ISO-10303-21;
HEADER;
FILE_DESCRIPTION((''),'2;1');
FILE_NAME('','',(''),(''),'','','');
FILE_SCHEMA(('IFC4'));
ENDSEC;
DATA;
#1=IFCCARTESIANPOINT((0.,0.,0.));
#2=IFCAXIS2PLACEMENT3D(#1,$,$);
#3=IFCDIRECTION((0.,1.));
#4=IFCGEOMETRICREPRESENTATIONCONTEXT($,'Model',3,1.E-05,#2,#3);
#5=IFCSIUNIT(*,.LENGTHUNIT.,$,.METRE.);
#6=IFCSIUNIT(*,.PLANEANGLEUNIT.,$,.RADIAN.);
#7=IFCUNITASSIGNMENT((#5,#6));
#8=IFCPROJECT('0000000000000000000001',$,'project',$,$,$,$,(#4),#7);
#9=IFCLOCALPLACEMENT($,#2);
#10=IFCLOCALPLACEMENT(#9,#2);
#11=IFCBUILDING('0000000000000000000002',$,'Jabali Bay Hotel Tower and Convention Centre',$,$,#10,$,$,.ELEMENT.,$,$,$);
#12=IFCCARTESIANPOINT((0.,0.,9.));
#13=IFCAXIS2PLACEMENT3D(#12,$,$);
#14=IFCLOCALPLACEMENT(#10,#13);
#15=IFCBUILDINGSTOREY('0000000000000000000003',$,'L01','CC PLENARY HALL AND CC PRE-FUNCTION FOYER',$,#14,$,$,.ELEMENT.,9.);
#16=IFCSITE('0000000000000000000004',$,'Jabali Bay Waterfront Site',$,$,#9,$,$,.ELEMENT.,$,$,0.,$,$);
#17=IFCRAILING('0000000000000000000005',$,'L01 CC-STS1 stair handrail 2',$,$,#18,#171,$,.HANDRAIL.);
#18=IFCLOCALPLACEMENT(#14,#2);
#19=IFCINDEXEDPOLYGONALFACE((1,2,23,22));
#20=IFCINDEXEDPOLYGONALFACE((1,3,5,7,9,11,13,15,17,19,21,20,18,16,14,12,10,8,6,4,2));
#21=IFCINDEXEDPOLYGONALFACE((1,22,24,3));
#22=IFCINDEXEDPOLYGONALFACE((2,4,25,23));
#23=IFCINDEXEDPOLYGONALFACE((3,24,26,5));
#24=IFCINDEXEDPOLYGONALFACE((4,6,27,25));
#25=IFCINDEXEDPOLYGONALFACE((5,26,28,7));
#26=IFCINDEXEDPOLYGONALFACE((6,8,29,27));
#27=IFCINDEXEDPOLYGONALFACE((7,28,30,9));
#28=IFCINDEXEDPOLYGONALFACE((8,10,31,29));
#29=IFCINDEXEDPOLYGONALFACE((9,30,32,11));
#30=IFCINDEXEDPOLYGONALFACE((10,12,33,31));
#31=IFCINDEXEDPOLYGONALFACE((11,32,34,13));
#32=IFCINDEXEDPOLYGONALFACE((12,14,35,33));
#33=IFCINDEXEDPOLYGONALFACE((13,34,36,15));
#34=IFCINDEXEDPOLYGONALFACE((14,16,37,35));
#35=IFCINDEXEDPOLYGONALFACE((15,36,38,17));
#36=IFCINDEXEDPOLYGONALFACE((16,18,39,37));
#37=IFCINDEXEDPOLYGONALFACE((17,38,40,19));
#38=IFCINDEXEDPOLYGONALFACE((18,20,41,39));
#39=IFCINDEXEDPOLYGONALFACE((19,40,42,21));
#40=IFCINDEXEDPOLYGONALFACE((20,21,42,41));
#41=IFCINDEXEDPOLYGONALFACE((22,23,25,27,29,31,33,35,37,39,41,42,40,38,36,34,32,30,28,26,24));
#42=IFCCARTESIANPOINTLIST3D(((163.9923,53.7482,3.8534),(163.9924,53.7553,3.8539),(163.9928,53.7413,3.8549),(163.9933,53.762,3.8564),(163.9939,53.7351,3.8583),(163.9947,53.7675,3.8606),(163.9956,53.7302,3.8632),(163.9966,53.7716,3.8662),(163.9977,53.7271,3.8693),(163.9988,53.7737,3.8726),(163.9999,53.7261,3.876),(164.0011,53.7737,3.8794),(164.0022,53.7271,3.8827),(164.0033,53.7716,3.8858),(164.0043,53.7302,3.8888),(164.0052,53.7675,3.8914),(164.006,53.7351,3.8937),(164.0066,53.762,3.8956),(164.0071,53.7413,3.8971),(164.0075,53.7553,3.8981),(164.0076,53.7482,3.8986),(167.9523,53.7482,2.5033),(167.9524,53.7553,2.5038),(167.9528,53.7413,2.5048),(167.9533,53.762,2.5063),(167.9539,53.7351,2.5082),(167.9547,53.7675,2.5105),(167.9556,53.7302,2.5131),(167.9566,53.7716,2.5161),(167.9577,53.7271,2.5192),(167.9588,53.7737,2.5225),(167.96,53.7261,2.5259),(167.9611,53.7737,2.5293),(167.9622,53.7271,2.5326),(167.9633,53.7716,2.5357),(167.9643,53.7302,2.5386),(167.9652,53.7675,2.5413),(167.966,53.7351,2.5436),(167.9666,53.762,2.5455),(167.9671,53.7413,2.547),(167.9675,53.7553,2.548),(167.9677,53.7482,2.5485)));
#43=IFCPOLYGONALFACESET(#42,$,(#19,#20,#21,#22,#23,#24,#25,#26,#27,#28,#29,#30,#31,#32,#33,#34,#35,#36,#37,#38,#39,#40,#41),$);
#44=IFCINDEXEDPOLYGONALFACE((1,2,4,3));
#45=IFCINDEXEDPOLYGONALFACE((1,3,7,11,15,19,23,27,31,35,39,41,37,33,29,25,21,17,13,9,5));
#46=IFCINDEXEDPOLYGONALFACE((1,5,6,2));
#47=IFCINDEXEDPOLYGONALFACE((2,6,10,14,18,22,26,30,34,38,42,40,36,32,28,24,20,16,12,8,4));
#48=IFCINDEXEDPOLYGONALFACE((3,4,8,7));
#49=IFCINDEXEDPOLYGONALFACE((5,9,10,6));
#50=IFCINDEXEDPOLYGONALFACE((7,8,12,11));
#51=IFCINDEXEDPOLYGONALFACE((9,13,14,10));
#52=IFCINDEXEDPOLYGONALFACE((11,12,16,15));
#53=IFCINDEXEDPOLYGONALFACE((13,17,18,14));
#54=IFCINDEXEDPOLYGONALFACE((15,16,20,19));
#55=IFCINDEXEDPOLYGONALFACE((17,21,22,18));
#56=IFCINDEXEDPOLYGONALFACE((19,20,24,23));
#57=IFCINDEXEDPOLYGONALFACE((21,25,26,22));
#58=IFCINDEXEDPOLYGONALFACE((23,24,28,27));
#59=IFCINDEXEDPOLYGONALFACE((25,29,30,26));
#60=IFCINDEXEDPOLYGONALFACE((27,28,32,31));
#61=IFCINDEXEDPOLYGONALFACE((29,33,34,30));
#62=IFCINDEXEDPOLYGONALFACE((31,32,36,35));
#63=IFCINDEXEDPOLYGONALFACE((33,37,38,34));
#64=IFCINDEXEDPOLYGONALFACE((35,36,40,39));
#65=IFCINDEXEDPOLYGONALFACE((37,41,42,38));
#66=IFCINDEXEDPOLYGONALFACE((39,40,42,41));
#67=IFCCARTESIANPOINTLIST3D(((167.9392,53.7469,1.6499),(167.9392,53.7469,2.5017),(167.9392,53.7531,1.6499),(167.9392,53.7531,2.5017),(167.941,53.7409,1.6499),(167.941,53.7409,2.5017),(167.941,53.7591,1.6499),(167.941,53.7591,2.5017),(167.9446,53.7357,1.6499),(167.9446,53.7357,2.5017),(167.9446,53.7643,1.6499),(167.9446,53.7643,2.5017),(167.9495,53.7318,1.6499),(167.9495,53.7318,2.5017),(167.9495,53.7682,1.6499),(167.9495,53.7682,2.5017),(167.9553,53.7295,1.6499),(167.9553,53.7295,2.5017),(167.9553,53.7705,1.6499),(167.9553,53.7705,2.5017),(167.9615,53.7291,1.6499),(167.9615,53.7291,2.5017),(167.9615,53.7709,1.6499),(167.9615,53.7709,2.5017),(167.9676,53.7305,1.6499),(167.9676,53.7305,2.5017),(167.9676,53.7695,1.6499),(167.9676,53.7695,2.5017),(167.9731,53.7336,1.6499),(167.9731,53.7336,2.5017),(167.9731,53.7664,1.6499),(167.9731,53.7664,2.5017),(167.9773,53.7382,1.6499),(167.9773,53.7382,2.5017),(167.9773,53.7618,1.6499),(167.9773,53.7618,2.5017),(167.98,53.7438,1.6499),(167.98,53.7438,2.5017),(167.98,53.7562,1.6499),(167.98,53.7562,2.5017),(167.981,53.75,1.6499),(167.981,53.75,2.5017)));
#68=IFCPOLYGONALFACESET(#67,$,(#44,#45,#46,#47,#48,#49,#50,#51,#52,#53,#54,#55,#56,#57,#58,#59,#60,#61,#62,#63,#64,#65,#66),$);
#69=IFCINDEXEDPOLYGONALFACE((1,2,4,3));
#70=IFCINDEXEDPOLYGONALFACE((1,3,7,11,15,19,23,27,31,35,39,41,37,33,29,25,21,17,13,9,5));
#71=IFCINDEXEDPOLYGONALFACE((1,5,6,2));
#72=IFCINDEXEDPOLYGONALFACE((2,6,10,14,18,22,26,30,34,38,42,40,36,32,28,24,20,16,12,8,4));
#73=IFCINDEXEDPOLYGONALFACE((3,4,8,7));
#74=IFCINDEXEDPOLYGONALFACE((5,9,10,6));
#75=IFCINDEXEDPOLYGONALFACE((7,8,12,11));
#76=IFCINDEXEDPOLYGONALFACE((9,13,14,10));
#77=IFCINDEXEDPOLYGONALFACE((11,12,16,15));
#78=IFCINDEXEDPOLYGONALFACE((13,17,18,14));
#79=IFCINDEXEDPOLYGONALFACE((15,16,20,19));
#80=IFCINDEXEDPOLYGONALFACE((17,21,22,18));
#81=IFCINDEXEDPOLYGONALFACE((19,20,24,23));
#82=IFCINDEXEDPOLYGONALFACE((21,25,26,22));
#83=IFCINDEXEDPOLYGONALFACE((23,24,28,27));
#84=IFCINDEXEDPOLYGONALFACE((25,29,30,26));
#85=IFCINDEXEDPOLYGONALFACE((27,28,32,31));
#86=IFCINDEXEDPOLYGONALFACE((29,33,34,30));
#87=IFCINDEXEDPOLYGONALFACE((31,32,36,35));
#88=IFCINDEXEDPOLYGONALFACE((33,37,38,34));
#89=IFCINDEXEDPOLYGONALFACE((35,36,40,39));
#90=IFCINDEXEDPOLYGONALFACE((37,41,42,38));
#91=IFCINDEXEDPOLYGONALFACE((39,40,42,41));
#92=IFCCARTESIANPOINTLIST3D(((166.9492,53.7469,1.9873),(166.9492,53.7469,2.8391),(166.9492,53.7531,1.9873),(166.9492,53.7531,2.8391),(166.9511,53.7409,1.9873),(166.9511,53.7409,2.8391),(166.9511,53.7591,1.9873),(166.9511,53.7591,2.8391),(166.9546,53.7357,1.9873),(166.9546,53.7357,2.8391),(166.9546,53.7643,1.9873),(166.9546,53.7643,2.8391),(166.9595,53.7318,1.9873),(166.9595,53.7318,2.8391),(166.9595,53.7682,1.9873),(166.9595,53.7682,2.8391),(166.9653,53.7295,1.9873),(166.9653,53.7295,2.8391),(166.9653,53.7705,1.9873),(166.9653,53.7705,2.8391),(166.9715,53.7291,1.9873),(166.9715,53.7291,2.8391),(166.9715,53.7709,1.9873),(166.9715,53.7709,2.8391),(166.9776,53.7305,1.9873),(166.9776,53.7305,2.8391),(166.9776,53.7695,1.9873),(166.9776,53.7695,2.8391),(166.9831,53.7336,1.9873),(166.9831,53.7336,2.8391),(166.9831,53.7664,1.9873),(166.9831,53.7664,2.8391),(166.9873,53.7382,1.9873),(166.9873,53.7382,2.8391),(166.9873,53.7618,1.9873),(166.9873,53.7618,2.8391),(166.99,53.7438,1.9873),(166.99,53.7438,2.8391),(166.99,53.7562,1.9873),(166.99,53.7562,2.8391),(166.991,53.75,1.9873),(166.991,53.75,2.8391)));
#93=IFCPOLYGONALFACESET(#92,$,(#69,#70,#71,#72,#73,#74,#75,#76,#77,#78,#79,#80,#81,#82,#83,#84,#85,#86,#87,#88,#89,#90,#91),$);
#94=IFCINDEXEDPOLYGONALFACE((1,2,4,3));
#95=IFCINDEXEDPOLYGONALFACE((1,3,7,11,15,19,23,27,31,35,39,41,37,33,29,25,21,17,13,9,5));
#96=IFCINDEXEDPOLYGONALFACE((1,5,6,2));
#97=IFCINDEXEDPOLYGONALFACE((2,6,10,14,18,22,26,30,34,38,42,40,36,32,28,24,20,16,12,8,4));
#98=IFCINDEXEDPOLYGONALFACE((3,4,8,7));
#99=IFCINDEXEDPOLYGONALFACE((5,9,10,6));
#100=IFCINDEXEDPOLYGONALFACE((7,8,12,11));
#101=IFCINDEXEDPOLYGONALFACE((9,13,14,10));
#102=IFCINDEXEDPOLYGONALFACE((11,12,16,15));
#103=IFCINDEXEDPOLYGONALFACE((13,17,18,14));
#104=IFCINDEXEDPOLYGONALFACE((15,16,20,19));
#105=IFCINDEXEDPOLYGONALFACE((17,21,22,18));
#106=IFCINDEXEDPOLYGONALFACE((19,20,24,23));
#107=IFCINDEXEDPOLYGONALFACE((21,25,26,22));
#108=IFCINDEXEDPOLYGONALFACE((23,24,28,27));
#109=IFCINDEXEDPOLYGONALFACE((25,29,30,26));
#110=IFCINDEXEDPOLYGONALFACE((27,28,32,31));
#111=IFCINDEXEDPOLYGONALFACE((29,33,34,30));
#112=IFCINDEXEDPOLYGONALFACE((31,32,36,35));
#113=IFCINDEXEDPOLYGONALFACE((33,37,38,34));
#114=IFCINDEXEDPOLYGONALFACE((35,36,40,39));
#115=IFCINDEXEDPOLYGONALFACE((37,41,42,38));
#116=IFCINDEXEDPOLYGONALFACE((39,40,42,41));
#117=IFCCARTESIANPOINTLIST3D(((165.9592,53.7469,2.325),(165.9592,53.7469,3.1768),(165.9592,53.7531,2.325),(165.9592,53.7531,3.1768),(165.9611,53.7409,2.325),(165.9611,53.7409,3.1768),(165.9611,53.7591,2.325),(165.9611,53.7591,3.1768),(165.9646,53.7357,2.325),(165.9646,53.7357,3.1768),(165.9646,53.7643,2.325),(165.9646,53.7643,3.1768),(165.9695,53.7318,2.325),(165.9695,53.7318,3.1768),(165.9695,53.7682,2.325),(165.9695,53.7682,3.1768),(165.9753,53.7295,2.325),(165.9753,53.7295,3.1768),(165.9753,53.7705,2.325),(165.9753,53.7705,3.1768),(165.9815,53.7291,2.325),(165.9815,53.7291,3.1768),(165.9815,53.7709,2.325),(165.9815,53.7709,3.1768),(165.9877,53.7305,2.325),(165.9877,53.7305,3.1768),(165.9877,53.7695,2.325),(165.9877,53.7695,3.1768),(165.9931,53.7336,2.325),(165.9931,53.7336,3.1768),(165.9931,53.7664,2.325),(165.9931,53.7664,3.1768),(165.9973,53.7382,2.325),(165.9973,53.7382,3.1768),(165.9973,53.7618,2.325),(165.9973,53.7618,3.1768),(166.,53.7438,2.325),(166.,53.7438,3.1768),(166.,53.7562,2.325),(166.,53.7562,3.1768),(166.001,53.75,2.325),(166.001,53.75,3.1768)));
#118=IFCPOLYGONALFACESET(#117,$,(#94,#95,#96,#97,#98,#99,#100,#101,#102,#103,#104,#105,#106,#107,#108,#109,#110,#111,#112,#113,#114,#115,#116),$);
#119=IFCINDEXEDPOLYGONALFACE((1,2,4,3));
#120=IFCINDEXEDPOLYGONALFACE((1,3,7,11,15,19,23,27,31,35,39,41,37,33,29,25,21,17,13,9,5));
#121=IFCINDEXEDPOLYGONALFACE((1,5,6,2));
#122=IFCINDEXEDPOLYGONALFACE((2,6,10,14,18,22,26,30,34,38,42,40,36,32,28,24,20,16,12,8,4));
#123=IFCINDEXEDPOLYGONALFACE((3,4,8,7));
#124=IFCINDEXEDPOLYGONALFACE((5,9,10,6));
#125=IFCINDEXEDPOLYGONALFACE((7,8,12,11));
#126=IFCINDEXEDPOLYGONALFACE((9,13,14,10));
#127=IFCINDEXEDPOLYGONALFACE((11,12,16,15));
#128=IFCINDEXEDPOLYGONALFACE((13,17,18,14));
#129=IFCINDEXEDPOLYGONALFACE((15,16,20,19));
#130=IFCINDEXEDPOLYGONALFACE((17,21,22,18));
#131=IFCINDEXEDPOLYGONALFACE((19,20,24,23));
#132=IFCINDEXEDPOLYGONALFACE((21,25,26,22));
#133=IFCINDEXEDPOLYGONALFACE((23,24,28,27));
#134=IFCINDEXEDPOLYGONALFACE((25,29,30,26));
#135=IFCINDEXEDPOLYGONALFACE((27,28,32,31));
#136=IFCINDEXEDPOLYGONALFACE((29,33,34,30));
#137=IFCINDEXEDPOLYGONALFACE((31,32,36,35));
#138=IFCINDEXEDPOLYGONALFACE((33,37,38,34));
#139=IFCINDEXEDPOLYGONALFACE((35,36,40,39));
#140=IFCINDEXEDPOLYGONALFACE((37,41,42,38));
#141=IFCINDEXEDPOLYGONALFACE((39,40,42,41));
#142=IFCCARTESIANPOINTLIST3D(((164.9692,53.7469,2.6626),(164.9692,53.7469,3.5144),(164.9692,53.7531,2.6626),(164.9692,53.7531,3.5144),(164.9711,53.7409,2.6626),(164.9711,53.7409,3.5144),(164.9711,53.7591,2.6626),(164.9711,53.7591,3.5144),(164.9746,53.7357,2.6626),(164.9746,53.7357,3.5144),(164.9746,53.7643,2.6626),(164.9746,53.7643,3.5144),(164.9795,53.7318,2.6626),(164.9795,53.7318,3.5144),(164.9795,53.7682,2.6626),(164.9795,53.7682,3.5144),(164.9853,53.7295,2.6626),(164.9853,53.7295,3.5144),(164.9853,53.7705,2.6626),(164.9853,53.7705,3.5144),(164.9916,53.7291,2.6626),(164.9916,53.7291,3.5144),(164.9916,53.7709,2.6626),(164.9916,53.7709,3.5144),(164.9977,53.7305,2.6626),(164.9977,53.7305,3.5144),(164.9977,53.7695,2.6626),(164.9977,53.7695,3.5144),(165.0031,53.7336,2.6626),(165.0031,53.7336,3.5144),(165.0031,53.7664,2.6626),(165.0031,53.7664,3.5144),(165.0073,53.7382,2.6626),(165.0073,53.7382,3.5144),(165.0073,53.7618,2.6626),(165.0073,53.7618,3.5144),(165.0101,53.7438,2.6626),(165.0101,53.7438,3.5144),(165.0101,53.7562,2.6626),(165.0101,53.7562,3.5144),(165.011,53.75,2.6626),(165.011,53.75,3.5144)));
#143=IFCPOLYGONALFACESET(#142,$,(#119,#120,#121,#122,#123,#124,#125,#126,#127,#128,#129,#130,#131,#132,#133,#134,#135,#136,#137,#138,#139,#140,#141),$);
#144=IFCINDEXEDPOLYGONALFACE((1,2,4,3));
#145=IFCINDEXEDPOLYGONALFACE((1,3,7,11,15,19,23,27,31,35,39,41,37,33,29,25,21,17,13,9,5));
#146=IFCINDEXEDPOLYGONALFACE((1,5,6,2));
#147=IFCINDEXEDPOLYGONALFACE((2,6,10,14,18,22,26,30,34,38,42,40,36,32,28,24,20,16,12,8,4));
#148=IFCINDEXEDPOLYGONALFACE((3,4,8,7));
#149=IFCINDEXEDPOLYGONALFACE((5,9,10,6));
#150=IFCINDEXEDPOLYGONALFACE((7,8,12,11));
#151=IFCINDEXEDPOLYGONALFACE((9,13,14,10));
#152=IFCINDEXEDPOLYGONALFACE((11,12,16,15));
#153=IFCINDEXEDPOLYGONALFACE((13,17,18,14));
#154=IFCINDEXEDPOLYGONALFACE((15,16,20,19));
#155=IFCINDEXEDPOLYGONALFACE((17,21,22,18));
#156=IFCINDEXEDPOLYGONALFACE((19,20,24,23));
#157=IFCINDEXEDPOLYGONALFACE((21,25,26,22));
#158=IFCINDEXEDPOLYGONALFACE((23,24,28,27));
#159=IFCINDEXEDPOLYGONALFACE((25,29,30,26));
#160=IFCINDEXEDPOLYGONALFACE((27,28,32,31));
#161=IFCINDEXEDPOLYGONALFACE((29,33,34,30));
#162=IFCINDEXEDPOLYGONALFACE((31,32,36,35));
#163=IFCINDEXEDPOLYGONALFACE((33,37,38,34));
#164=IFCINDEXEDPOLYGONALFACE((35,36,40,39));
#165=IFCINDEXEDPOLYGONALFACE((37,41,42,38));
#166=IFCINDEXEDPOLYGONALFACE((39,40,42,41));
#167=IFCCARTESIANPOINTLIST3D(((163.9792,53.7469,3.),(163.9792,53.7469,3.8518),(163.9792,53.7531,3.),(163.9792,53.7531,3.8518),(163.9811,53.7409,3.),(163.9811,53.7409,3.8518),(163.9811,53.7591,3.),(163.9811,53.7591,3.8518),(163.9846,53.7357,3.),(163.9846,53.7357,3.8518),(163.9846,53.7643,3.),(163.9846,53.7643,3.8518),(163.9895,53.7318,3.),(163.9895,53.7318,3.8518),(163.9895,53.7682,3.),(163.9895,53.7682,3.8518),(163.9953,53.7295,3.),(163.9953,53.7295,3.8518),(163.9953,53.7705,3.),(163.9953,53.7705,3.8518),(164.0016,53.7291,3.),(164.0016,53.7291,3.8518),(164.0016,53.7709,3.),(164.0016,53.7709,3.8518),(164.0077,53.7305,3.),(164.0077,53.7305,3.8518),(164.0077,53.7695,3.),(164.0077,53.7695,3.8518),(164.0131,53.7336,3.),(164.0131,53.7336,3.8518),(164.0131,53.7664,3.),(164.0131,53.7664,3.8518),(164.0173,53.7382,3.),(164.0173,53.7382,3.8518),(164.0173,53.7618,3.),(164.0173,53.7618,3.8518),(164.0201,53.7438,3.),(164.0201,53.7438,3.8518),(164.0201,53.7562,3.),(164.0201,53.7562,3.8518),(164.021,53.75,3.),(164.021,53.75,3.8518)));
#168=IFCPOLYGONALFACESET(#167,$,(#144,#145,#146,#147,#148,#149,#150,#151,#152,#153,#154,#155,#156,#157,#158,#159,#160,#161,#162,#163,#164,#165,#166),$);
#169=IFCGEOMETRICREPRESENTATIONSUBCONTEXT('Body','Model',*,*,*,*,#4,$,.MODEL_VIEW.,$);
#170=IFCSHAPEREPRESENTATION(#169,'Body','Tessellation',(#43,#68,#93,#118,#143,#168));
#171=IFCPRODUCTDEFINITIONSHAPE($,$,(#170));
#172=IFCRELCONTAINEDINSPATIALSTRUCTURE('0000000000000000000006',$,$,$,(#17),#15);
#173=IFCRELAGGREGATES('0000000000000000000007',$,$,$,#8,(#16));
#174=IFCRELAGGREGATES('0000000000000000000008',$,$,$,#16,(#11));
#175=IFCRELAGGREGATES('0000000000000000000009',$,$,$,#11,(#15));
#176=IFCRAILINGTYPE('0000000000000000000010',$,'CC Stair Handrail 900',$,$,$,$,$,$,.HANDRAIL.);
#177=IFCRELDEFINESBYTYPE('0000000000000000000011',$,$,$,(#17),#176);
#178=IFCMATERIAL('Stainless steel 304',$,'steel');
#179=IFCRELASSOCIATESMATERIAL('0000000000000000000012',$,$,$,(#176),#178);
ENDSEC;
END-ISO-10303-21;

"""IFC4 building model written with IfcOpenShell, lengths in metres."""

from ifc_helpers import new_model, si_unit, direction, frame, origin, origin_2d, place, context, subcontext, project, spatial, circle, extrude, material, type_object, element, save


model = new_model("IFC4")

# Units and contexts
model_context = context("Model", 3, precision=1e-05, world=origin(), true_north=direction((0.0, 1.0)))
body_context = subcontext(model_context, "Body", "Model", "MODEL_VIEW")
ifc_project = project(units=[si_unit("LENGTHUNIT", "METRE"), si_unit("PLANEANGLEUNIT", "RADIAN")], contexts=[model_context])

# Site, building, storey
site_placement = place(None, origin())
site = spatial("IfcSite", under=ifc_project, at=site_placement, Name="Jabali Bay Waterfront Site", CompositionType="ELEMENT", RefElevation=0.0)
building_placement = place(site_placement, origin())
building = spatial("IfcBuilding", under=site, at=building_placement, Name="Jabali Bay Hotel Tower and Convention Centre", CompositionType="ELEMENT")
storey_placement = place(building_placement, frame((0.0, 0.0, 9.0)))
storey = spatial("IfcBuildingStorey", under=building, at=storey_placement, Name="L01", Description="CC PLENARY HALL AND CC PRE-FUNCTION FOYER", CompositionType="ELEMENT", Elevation=9.0)

# Railing
ifc_material_1 = material(Name="Stainless steel 304", Category="steel")
railing_type_1 = type_object("IfcRailingType", Name="CC Stair Handrail 900", PredefinedType="HANDRAIL", material=ifc_material_1)
for number, where, name in (
    (1, (167.96, 53.75, 1.6499), "L01 CC-STS1 stair handrail 2"),
):
    element("IfcRailing", number, at=place(storey_placement, frame(where)), inside=storey, type_object=railing_type_1, Name=name, PredefinedType="HANDRAIL", context=body_context, shape_type="SweptSolid", body=[
        extrude(circle(Radius=0.0239, at=origin_2d()), frame((0.0, 0.0, 0.876), z_axis=(-0.946502, 0.0, 0.322698), x_axis=(0.0, -1.0, 0.0)), (0.0, 0.0, 1.0), 4.1838),
        extrude(circle(Radius=0.021, at=origin_2d()), origin(), (0.0, 0.0, 1.0), 0.8518),
        extrude(circle(Radius=0.021, at=origin_2d()), frame((-0.99, 0.0, 0.3374)), (0.0, 0.0, 1.0), 0.8518),
        extrude(circle(Radius=0.021, at=origin_2d()), frame((-1.98, 0.0, 0.675)), (0.0, 0.0, 1.0), 0.8518),
        extrude(circle(Radius=0.021, at=origin_2d()), frame((-2.97, 0.0, 1.0127)), (0.0, 0.0, 1.0), 0.8518),
        extrude(circle(Radius=0.021, at=origin_2d()), frame((-3.96, 0.0, 1.3501)), (0.0, 0.0, 1.0), 0.8518),
    ])

save(model, "model.ifc")
